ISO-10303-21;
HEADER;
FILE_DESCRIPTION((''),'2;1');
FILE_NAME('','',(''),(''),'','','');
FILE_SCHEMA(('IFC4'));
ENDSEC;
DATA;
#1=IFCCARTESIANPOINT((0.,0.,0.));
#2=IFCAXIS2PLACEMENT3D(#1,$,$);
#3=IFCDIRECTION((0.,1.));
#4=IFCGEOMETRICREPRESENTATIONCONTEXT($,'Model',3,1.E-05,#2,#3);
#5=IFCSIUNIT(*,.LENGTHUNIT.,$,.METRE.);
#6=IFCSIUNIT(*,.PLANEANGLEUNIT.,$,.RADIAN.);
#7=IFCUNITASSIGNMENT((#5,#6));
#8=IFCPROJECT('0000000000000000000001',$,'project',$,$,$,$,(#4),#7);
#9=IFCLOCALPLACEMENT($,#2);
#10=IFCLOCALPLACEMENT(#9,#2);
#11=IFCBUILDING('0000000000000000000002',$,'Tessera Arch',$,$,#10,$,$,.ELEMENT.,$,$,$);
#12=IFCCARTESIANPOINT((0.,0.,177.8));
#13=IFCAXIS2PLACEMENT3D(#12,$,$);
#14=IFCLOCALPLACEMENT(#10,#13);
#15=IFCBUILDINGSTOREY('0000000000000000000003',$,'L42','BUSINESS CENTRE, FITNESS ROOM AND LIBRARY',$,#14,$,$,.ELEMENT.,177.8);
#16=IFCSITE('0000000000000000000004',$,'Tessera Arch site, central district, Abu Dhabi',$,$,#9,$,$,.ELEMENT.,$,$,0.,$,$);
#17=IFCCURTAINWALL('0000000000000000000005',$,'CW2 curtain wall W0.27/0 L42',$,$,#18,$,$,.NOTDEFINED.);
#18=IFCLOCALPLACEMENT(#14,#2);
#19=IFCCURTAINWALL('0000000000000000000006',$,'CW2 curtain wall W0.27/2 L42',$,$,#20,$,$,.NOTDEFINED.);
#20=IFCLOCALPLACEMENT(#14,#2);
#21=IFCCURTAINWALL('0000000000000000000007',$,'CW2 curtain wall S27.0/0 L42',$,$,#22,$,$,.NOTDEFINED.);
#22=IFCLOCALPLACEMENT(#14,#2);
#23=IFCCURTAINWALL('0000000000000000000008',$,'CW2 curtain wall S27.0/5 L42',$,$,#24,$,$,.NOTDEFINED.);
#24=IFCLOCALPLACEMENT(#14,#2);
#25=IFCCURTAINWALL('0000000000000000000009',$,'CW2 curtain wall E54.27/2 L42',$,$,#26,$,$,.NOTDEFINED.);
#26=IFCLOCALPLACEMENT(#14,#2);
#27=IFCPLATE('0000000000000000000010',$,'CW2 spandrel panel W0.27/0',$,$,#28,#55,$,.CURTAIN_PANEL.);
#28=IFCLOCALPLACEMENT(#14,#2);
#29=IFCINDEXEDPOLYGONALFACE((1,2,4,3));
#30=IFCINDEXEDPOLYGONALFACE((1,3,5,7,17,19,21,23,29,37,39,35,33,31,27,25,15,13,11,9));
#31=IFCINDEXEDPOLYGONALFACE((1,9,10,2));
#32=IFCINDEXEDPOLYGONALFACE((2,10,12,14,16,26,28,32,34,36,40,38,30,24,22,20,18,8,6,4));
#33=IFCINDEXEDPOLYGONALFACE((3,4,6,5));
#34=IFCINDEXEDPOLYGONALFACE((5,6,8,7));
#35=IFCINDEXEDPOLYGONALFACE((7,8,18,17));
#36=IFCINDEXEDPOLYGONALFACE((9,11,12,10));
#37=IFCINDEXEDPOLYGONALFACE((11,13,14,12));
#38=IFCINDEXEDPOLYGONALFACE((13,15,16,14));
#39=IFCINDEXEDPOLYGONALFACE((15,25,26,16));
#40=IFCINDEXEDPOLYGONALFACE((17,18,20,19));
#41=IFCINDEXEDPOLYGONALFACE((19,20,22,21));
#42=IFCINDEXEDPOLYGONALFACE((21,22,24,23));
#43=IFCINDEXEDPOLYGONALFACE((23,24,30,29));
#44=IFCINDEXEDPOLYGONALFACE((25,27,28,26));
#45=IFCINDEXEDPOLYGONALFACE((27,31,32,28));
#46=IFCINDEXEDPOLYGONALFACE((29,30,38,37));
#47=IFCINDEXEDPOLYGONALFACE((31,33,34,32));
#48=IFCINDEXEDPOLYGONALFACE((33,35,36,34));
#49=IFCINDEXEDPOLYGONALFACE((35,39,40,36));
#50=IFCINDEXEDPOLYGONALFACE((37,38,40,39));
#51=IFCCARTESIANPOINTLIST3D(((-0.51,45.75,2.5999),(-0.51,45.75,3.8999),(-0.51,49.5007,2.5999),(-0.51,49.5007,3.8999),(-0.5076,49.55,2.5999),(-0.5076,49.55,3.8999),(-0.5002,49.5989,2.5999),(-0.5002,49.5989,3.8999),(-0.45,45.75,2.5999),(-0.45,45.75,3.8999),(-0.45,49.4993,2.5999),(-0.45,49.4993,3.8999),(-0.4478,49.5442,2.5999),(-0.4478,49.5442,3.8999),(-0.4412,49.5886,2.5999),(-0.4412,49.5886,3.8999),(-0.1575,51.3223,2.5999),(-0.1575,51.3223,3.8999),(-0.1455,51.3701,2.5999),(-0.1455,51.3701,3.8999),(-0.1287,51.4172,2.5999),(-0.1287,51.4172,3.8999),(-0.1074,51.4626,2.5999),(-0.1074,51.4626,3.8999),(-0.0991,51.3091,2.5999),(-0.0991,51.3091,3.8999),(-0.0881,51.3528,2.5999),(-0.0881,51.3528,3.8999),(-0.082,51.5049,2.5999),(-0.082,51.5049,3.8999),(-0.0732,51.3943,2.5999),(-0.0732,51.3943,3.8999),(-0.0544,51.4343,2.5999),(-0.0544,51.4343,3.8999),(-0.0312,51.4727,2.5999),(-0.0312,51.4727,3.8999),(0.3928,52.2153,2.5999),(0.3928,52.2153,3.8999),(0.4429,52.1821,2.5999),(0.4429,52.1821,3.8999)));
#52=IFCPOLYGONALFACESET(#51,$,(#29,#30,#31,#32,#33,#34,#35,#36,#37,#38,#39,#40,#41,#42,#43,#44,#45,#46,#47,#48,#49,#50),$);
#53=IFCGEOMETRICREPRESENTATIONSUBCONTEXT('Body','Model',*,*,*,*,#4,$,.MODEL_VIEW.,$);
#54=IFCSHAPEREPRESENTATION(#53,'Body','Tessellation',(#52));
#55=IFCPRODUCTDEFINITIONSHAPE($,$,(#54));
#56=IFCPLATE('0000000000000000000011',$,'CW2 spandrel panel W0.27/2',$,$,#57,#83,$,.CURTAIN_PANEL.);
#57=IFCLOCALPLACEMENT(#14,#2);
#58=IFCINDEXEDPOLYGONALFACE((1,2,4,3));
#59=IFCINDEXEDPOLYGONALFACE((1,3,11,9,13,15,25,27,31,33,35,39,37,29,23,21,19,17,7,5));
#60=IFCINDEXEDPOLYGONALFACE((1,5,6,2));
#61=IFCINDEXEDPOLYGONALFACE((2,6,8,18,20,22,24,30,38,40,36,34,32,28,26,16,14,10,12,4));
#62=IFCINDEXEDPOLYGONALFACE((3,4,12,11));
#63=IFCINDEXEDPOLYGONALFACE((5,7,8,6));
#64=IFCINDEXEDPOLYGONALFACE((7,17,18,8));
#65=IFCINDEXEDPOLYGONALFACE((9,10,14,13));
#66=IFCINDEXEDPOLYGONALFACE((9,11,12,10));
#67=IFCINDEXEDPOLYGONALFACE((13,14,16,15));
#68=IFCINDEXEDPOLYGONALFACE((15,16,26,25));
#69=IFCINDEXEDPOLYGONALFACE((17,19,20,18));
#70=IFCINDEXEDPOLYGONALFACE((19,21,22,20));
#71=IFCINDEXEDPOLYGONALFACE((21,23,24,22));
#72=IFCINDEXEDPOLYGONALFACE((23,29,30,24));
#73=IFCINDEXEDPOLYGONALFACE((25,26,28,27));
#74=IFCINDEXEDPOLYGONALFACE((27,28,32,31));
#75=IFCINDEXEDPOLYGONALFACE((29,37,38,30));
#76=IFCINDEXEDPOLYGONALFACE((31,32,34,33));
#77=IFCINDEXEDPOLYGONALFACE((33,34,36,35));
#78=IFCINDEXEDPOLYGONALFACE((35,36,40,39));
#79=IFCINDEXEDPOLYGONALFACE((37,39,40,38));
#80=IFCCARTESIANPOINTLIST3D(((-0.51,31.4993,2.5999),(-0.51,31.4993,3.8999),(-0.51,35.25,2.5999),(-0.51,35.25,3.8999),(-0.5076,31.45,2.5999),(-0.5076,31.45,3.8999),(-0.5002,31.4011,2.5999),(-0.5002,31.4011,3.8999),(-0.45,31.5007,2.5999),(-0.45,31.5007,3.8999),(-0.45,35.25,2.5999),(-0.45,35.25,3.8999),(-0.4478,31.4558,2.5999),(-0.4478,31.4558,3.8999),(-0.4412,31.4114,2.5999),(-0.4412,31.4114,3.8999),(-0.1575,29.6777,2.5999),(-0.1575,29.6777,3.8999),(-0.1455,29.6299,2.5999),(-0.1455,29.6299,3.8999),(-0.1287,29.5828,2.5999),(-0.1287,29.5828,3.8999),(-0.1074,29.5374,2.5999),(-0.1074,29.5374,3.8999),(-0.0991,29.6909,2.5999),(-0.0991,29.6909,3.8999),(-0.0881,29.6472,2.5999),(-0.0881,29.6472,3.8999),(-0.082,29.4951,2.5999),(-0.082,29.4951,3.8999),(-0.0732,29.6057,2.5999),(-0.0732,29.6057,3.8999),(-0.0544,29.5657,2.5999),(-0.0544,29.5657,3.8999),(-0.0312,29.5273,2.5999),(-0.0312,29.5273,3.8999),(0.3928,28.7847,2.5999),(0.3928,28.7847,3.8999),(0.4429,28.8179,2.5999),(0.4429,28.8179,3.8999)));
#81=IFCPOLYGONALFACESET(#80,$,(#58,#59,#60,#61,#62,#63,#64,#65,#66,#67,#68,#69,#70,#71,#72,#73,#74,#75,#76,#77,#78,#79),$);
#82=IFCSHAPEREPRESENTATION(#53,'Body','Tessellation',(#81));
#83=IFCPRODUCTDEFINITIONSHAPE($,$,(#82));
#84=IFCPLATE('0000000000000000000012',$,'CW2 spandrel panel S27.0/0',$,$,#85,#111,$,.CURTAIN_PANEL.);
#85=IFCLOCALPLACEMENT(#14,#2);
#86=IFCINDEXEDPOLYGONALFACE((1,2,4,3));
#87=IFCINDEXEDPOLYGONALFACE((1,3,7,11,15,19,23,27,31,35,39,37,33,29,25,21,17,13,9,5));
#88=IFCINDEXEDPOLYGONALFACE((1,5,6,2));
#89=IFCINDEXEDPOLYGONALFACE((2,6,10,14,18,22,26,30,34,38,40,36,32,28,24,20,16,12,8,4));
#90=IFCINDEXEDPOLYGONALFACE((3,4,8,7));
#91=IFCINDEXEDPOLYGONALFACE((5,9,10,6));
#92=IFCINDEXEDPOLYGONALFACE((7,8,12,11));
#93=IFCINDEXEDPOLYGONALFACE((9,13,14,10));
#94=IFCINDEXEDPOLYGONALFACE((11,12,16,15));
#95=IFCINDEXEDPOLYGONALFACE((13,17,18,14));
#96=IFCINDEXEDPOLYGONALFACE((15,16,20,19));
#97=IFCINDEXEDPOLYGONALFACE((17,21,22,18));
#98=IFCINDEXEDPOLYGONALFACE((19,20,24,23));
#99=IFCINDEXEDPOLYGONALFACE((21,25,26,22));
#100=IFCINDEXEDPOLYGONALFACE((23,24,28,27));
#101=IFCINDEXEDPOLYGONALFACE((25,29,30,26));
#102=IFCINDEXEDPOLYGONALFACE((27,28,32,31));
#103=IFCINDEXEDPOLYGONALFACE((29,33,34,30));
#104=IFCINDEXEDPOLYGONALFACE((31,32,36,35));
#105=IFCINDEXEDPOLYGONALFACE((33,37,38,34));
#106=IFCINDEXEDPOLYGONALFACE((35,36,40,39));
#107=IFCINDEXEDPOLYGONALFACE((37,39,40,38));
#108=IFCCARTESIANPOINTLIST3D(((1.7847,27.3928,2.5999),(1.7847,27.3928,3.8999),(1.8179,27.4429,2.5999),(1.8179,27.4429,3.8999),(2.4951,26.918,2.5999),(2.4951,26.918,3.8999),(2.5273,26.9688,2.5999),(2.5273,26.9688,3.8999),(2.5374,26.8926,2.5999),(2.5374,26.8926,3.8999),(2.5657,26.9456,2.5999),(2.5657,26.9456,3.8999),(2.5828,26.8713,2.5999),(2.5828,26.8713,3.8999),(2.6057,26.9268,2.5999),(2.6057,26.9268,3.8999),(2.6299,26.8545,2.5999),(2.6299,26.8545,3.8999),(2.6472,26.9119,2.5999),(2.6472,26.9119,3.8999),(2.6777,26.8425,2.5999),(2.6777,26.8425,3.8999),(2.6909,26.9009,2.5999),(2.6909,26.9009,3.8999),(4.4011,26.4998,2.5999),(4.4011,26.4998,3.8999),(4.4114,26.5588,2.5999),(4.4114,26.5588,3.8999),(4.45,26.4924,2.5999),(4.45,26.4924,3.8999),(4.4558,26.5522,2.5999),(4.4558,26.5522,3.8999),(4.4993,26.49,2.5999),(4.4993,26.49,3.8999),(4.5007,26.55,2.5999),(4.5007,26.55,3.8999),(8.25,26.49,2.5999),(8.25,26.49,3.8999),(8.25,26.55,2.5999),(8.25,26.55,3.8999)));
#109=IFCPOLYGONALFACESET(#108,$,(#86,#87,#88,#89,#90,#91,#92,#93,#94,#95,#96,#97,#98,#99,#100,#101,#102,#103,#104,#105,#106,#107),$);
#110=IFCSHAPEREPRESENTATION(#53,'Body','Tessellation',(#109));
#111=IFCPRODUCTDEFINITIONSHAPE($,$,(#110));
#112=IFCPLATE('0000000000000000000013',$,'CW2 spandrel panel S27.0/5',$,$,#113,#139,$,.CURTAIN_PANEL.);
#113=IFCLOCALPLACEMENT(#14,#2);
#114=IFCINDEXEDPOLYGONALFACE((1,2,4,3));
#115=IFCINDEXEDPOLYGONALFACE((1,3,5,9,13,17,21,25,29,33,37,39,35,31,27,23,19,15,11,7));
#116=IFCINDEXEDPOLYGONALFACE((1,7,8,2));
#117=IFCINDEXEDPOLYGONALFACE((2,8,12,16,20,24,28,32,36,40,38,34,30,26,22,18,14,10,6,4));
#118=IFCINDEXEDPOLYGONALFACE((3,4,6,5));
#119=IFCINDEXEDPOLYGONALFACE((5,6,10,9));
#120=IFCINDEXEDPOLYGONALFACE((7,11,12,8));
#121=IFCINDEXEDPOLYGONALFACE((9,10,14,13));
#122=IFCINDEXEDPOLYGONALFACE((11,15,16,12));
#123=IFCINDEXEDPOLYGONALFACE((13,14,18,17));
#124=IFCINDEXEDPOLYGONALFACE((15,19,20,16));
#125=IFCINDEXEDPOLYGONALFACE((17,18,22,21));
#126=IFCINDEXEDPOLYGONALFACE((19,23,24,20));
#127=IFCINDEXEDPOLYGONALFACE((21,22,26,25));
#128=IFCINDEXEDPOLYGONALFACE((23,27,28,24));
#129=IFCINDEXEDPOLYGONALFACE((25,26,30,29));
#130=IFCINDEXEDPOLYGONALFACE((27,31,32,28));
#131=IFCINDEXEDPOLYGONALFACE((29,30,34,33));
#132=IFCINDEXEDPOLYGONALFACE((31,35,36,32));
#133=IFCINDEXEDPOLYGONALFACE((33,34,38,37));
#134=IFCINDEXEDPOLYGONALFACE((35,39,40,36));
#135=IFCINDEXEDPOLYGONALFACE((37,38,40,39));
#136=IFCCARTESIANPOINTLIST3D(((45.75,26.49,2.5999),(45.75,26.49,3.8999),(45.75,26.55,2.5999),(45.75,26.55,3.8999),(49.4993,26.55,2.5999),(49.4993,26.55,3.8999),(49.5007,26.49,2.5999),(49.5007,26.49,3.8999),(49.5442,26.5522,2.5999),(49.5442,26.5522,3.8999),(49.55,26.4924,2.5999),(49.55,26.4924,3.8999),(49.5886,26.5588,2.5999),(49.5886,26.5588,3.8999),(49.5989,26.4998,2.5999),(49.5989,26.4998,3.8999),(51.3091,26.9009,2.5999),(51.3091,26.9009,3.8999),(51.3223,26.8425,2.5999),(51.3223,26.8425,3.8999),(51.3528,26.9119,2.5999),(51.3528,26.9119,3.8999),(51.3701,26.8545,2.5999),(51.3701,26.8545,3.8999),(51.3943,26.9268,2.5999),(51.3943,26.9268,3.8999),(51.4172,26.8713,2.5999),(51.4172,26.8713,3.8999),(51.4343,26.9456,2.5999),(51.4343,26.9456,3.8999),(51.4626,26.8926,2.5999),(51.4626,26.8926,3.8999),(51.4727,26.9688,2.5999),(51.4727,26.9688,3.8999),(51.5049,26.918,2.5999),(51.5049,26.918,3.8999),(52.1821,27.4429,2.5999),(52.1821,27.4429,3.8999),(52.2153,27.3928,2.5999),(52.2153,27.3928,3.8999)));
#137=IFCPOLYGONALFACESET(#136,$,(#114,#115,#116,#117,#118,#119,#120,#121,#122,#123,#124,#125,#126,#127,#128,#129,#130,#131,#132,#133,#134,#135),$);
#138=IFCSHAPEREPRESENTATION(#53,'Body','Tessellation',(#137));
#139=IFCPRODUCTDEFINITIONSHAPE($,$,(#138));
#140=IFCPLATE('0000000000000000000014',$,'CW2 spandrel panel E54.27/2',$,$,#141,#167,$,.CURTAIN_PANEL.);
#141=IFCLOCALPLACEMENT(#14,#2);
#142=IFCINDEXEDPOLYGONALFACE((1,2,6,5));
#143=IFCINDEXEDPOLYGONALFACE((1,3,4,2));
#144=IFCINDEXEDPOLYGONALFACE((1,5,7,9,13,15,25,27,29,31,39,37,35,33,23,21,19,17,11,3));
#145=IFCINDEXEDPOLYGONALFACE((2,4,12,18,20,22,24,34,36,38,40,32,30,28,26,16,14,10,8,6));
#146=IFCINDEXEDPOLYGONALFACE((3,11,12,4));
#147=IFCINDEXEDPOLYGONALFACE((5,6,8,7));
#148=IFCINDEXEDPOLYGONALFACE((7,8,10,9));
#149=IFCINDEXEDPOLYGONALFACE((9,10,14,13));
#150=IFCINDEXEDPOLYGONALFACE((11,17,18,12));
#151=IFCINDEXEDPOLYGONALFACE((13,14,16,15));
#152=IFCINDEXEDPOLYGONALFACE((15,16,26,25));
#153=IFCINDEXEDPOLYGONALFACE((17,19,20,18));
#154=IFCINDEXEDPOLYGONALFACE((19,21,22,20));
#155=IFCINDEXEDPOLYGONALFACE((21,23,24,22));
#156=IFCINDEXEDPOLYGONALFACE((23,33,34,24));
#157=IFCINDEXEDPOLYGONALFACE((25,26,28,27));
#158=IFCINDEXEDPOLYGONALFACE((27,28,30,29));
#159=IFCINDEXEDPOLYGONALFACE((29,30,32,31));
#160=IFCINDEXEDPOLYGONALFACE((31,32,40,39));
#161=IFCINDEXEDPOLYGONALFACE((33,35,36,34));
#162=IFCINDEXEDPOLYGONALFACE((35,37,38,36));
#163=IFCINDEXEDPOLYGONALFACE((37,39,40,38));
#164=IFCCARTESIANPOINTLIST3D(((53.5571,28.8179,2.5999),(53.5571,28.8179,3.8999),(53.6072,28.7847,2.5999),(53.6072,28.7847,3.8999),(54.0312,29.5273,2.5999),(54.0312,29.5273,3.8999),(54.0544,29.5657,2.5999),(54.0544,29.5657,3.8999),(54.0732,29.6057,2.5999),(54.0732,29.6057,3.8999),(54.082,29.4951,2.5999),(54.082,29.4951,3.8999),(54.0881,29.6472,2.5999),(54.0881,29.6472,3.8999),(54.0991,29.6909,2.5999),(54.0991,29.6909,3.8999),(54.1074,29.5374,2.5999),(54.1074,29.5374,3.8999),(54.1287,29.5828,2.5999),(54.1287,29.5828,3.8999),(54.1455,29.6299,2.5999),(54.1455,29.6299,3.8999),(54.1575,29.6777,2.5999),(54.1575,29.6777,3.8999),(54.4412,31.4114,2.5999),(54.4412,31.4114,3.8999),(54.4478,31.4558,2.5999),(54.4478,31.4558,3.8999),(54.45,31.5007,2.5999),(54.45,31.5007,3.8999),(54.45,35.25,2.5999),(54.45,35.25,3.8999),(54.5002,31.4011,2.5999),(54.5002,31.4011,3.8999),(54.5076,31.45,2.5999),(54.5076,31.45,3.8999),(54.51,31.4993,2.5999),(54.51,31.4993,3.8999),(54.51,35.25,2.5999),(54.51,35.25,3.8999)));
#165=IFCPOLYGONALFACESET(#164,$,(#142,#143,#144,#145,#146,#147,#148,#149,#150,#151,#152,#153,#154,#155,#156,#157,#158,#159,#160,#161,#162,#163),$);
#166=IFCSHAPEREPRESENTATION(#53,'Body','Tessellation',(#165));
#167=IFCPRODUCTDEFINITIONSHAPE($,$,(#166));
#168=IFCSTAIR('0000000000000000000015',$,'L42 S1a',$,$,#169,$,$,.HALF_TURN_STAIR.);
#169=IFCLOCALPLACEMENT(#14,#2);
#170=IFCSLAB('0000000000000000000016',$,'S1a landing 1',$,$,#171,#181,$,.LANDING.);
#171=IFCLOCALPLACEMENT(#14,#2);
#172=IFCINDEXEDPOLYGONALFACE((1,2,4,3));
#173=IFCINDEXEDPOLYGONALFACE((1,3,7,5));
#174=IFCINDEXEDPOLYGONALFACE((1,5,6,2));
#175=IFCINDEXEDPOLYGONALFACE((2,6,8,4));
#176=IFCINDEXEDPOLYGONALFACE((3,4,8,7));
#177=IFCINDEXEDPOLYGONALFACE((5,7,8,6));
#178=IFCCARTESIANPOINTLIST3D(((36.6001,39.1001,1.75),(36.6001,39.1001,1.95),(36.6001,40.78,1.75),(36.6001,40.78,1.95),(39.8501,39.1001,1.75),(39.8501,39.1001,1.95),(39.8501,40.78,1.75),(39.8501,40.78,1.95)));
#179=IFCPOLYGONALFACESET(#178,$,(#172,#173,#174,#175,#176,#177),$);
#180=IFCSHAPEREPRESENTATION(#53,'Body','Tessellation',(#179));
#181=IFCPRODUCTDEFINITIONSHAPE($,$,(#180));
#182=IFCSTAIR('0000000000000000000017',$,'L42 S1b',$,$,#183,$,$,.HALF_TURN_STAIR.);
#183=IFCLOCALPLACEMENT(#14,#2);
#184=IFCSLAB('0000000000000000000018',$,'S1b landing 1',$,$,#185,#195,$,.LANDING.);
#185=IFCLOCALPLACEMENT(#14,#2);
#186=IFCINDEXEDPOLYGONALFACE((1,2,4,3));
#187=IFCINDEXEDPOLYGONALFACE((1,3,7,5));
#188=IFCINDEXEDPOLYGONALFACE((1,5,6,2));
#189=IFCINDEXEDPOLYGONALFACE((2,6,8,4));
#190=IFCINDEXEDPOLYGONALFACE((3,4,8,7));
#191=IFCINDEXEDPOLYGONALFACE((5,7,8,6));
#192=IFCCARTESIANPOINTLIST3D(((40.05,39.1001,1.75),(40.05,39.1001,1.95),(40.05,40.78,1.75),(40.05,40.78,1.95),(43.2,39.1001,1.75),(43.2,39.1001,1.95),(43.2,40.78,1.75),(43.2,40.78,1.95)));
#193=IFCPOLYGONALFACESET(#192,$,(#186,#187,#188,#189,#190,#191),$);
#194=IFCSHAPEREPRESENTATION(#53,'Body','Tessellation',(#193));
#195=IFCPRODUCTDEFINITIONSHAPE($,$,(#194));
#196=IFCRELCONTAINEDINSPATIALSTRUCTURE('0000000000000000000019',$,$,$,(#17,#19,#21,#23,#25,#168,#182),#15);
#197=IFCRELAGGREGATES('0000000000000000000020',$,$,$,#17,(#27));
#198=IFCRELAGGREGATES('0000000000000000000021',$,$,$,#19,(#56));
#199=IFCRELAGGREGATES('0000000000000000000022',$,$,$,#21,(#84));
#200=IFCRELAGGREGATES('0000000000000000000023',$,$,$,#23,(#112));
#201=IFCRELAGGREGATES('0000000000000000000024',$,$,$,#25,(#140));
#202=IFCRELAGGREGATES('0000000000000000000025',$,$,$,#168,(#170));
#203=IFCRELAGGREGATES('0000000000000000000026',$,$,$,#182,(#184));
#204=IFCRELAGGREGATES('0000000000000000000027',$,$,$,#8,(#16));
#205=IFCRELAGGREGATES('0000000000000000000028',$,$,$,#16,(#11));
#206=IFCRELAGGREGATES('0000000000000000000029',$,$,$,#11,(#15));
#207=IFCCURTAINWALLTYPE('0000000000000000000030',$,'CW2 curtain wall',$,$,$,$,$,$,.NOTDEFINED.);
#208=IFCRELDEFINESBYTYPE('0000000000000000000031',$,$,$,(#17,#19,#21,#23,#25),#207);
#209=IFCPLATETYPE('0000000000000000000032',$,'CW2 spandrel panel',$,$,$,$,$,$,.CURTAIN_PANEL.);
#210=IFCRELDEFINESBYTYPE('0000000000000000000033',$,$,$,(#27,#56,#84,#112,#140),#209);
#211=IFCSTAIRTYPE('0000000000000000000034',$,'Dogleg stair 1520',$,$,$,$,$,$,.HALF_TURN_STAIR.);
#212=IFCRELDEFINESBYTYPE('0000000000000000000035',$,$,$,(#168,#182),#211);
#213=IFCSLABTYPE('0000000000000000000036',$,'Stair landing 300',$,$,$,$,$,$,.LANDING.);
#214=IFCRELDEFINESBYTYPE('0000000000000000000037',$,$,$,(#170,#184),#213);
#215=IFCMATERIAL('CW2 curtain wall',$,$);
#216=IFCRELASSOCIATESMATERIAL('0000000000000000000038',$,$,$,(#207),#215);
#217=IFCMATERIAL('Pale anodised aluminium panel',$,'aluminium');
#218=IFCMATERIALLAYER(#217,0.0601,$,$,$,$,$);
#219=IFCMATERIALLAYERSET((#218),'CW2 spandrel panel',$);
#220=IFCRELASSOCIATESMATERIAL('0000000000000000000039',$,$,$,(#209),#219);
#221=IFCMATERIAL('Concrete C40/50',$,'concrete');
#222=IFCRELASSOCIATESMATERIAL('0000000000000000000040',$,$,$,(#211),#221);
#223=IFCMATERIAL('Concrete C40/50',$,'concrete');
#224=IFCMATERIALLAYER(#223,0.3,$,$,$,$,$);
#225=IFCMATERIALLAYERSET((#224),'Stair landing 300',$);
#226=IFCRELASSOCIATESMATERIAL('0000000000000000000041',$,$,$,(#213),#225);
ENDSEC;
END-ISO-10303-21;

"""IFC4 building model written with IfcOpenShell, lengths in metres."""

from ifc_helpers import new_model, si_unit, direction, frame, origin, place, context, subcontext, project, spatial, polyline, outline, extrude, material, layer, layer_set, type_object, element, aggregate, save


model = new_model("IFC4")

# Units and contexts
model_context = context("Model", 3, precision=1e-05, world=origin(), true_north=direction((0.0, 1.0)))
body_context = subcontext(model_context, "Body", "Model", "MODEL_VIEW")
ifc_project = project(units=[si_unit("LENGTHUNIT", "METRE"), si_unit("PLANEANGLEUNIT", "RADIAN")], contexts=[model_context])

# Site, building, storey
site_placement = place(None, origin())
site = spatial("IfcSite", under=ifc_project, at=site_placement, Name="Tessera Arch site, central district, Abu Dhabi", CompositionType="ELEMENT", RefElevation=0.0)
building_placement = place(site_placement, origin())
building = spatial("IfcBuilding", under=site, at=building_placement, Name="Tessera Arch", CompositionType="ELEMENT")
storey_placement = place(building_placement, frame((0.0, 0.0, 177.8)))
storey = spatial("IfcBuildingStorey", under=building, at=storey_placement, Name="L42", Description="BUSINESS CENTRE, FITNESS ROOM AND LIBRARY", CompositionType="ELEMENT", Elevation=177.8)

# Curtain walls
ifc_material_1 = material(Name="CW2 curtain wall")
curtain_wall_type = type_object("IfcCurtainWallType", Name="CW2 curtain wall", PredefinedType="NOTDEFINED", material=ifc_material_1)
curtain_wall_1_placement = place(storey_placement, origin())
curtain_wall_1 = element("IfcCurtainWall", 1, at=curtain_wall_1_placement, inside=storey, type_object=curtain_wall_type, Name="CW2 curtain wall W0.27/0 L42", PredefinedType="NOTDEFINED")
curtain_wall_2_placement = place(storey_placement, origin())
curtain_wall_2 = element("IfcCurtainWall", 2, at=curtain_wall_2_placement, inside=storey, type_object=curtain_wall_type, Name="CW2 curtain wall W0.27/2 L42", PredefinedType="NOTDEFINED")
curtain_wall_3_placement = place(storey_placement, origin())
curtain_wall_3 = element("IfcCurtainWall", 3, at=curtain_wall_3_placement, inside=storey, type_object=curtain_wall_type, Name="CW2 curtain wall S27.0/0 L42", PredefinedType="NOTDEFINED")
curtain_wall_4_placement = place(storey_placement, origin())
curtain_wall_4 = element("IfcCurtainWall", 4, at=curtain_wall_4_placement, inside=storey, type_object=curtain_wall_type, Name="CW2 curtain wall S27.0/5 L42", PredefinedType="NOTDEFINED")
curtain_wall_5_placement = place(storey_placement, origin())
curtain_wall_5 = element("IfcCurtainWall", 5, at=curtain_wall_5_placement, inside=storey, type_object=curtain_wall_type, Name="CW2 curtain wall E54.27/2 L42", PredefinedType="NOTDEFINED")

# Plates
ifc_material_2 = material(Name="Pale anodised aluminium panel", Category="aluminium")
ifc_layer_1 = layer(ifc_material_2, 0.0601)
ifc_layer_set_1 = layer_set([ifc_layer_1], Name="CW2 spandrel panel")
plate_type_1 = type_object("IfcPlateType", Name="CW2 spandrel panel", PredefinedType="CURTAIN_PANEL", material=ifc_layer_set_1)
plate_1_placement = place(storey_placement, frame((0.0, 0.0, 2.5999)))
plate_1 = element("IfcPlate", 6, at=plate_1_placement, type_object=plate_type_1, Name="CW2 spandrel panel W0.27/0", PredefinedType="CURTAIN_PANEL", context=body_context, shape_type="SweptSolid", body=[
    extrude(outline(polyline([(-0.0312, 51.4727), (0.4429, 52.1821), (0.3928, 52.2153), (-0.082, 51.5049), (-0.1074, 51.4626), (-0.1287, 51.4172), (-0.1455, 51.3701), (-0.1575, 51.3223), (-0.5002, 49.5989), (-0.5076, 49.55), (-0.51, 49.5007), (-0.51, 45.75), (-0.45, 45.75), (-0.45, 49.4993), (-0.4478, 49.5442), (-0.4412, 49.5886), (-0.0991, 51.3091), (-0.0881, 51.3528), (-0.0732, 51.3943), (-0.0544, 51.4343), (-0.0312, 51.4727)])), origin(), (0.0, 0.0, 1.0), 1.3),
])
aggregate(curtain_wall_1, [plate_1])
plate_2_placement = place(storey_placement, frame((0.0, 0.0, 2.5999)))
plate_2 = element("IfcPlate", 7, at=plate_2_placement, type_object=plate_type_1, Name="CW2 spandrel panel W0.27/2", PredefinedType="CURTAIN_PANEL", context=body_context, shape_type="SweptSolid", body=[
    extrude(outline(polyline([(-0.45, 31.5007), (-0.45, 35.25), (-0.51, 35.25), (-0.51, 31.4993), (-0.5076, 31.45), (-0.5002, 31.4011), (-0.1575, 29.6777), (-0.1455, 29.6299), (-0.1287, 29.5828), (-0.1074, 29.5374), (-0.082, 29.4951), (0.3928, 28.7847), (0.4429, 28.8179), (-0.0312, 29.5273), (-0.0544, 29.5657), (-0.0732, 29.6057), (-0.0881, 29.6472), (-0.0991, 29.6909), (-0.4412, 31.4114), (-0.4478, 31.4558), (-0.45, 31.5007)])), origin(), (0.0, 0.0, 1.0), 1.3),
])
aggregate(curtain_wall_2, [plate_2])
plate_3_placement = place(storey_placement, frame((0.0, 0.0, 2.5999)))
plate_3 = element("IfcPlate", 8, at=plate_3_placement, type_object=plate_type_1, Name="CW2 spandrel panel S27.0/0", PredefinedType="CURTAIN_PANEL", context=body_context, shape_type="SweptSolid", body=[
    extrude(outline(polyline([(2.5273, 26.9688), (1.8179, 27.4429), (1.7847, 27.3928), (2.4951, 26.918), (2.5374, 26.8926), (2.5828, 26.8713), (2.6299, 26.8545), (2.6777, 26.8425), (4.4011, 26.4998), (4.45, 26.4924), (4.4993, 26.49), (8.25, 26.49), (8.25, 26.55), (4.5007, 26.55), (4.4558, 26.5522), (4.4114, 26.5588), (2.6909, 26.9009), (2.6472, 26.9119), (2.6057, 26.9268), (2.5657, 26.9456), (2.5273, 26.9688)])), origin(), (0.0, 0.0, 1.0), 1.3),
])
aggregate(curtain_wall_3, [plate_3])
plate_4_placement = place(storey_placement, frame((0.0, 0.0, 2.5999)))
plate_4 = element("IfcPlate", 9, at=plate_4_placement, type_object=plate_type_1, Name="CW2 spandrel panel S27.0/5", PredefinedType="CURTAIN_PANEL", context=body_context, shape_type="SweptSolid", body=[
    extrude(outline(polyline([(49.4993, 26.55), (45.75, 26.55), (45.75, 26.49), (49.5007, 26.49), (49.55, 26.4924), (49.5989, 26.4998), (51.3223, 26.8425), (51.3701, 26.8545), (51.4172, 26.8713), (51.4626, 26.8926), (51.5049, 26.918), (52.2153, 27.3928), (52.1821, 27.4429), (51.4727, 26.9688), (51.4343, 26.9456), (51.3943, 26.9268), (51.3528, 26.9119), (51.3091, 26.9009), (49.5886, 26.5588), (49.5442, 26.5522), (49.4993, 26.55)])), origin(), (0.0, 0.0, 1.0), 1.3),
])
aggregate(curtain_wall_4, [plate_4])
plate_5_placement = place(storey_placement, frame((0.0, 0.0, 2.5999)))
plate_5 = element("IfcPlate", 10, at=plate_5_placement, type_object=plate_type_1, Name="CW2 spandrel panel E54.27/2", PredefinedType="CURTAIN_PANEL", context=body_context, shape_type="SweptSolid", body=[
    extrude(outline(polyline([(54.0312, 29.5273), (53.5571, 28.8179), (53.6072, 28.7847), (54.082, 29.4951), (54.1074, 29.5374), (54.1287, 29.5828), (54.1455, 29.6299), (54.1575, 29.6777), (54.5002, 31.4011), (54.5076, 31.45), (54.51, 31.4993), (54.51, 35.25), (54.45, 35.25), (54.45, 31.5007), (54.4478, 31.4558), (54.4412, 31.4114), (54.0991, 29.6909), (54.0881, 29.6472), (54.0732, 29.6057), (54.0544, 29.5657), (54.0312, 29.5273)])), origin(), (0.0, 0.0, 1.0), 1.3),
])
aggregate(curtain_wall_5, [plate_5])

# Stairs, slabs
ifc_material_3 = material(Name="Concrete C40/50", Category="concrete")
stair_type_1 = type_object("IfcStairType", Name="Dogleg stair 1520", PredefinedType="HALF_TURN_STAIR", material=ifc_material_3)
stair_1_placement = place(storey_placement, origin())
stair_1 = element("IfcStair", 11, at=stair_1_placement, inside=storey, type_object=stair_type_1, Name="L42 S1a", PredefinedType="HALF_TURN_STAIR")
ifc_material_4 = material(Name="Concrete C40/50", Category="concrete")
ifc_layer_2 = layer(ifc_material_4, 0.3)
ifc_layer_set_2 = layer_set([ifc_layer_2], Name="Stair landing 300")
slab_type_1 = type_object("IfcSlabType", Name="Stair landing 300", PredefinedType="LANDING", material=ifc_layer_set_2)
slab_1_placement = place(storey_placement, frame((0.0, 0.0, 1.75)))
slab_1 = element("IfcSlab", 12, at=slab_1_placement, type_object=slab_type_1, Name="S1a landing 1", PredefinedType="LANDING", context=body_context, shape_type="SweptSolid", body=[
    extrude(outline(polyline([(36.6001, 40.78), (36.6001, 39.1001), (39.8501, 39.1001), (39.8501, 40.78), (36.6001, 40.78)])), origin(), (0.0, 0.0, 1.0), 0.2),
])
aggregate(stair_1, [slab_1])
stair_2_placement = place(storey_placement, origin())
stair_2 = element("IfcStair", 13, at=stair_2_placement, inside=storey, type_object=stair_type_1, Name="L42 S1b", PredefinedType="HALF_TURN_STAIR")
slab_2_placement = place(storey_placement, frame((0.0, 0.0, 1.75)))
slab_2 = element("IfcSlab", 14, at=slab_2_placement, type_object=slab_type_1, Name="S1b landing 1", PredefinedType="LANDING", context=body_context, shape_type="SweptSolid", body=[
    extrude(outline(polyline([(40.05, 40.78), (40.05, 39.1001), (43.2, 39.1001), (43.2, 40.78), (40.05, 40.78)])), origin(), (0.0, 0.0, 1.0), 0.2),
])
aggregate(stair_2, [slab_2])

save(model, "model.ifc")
